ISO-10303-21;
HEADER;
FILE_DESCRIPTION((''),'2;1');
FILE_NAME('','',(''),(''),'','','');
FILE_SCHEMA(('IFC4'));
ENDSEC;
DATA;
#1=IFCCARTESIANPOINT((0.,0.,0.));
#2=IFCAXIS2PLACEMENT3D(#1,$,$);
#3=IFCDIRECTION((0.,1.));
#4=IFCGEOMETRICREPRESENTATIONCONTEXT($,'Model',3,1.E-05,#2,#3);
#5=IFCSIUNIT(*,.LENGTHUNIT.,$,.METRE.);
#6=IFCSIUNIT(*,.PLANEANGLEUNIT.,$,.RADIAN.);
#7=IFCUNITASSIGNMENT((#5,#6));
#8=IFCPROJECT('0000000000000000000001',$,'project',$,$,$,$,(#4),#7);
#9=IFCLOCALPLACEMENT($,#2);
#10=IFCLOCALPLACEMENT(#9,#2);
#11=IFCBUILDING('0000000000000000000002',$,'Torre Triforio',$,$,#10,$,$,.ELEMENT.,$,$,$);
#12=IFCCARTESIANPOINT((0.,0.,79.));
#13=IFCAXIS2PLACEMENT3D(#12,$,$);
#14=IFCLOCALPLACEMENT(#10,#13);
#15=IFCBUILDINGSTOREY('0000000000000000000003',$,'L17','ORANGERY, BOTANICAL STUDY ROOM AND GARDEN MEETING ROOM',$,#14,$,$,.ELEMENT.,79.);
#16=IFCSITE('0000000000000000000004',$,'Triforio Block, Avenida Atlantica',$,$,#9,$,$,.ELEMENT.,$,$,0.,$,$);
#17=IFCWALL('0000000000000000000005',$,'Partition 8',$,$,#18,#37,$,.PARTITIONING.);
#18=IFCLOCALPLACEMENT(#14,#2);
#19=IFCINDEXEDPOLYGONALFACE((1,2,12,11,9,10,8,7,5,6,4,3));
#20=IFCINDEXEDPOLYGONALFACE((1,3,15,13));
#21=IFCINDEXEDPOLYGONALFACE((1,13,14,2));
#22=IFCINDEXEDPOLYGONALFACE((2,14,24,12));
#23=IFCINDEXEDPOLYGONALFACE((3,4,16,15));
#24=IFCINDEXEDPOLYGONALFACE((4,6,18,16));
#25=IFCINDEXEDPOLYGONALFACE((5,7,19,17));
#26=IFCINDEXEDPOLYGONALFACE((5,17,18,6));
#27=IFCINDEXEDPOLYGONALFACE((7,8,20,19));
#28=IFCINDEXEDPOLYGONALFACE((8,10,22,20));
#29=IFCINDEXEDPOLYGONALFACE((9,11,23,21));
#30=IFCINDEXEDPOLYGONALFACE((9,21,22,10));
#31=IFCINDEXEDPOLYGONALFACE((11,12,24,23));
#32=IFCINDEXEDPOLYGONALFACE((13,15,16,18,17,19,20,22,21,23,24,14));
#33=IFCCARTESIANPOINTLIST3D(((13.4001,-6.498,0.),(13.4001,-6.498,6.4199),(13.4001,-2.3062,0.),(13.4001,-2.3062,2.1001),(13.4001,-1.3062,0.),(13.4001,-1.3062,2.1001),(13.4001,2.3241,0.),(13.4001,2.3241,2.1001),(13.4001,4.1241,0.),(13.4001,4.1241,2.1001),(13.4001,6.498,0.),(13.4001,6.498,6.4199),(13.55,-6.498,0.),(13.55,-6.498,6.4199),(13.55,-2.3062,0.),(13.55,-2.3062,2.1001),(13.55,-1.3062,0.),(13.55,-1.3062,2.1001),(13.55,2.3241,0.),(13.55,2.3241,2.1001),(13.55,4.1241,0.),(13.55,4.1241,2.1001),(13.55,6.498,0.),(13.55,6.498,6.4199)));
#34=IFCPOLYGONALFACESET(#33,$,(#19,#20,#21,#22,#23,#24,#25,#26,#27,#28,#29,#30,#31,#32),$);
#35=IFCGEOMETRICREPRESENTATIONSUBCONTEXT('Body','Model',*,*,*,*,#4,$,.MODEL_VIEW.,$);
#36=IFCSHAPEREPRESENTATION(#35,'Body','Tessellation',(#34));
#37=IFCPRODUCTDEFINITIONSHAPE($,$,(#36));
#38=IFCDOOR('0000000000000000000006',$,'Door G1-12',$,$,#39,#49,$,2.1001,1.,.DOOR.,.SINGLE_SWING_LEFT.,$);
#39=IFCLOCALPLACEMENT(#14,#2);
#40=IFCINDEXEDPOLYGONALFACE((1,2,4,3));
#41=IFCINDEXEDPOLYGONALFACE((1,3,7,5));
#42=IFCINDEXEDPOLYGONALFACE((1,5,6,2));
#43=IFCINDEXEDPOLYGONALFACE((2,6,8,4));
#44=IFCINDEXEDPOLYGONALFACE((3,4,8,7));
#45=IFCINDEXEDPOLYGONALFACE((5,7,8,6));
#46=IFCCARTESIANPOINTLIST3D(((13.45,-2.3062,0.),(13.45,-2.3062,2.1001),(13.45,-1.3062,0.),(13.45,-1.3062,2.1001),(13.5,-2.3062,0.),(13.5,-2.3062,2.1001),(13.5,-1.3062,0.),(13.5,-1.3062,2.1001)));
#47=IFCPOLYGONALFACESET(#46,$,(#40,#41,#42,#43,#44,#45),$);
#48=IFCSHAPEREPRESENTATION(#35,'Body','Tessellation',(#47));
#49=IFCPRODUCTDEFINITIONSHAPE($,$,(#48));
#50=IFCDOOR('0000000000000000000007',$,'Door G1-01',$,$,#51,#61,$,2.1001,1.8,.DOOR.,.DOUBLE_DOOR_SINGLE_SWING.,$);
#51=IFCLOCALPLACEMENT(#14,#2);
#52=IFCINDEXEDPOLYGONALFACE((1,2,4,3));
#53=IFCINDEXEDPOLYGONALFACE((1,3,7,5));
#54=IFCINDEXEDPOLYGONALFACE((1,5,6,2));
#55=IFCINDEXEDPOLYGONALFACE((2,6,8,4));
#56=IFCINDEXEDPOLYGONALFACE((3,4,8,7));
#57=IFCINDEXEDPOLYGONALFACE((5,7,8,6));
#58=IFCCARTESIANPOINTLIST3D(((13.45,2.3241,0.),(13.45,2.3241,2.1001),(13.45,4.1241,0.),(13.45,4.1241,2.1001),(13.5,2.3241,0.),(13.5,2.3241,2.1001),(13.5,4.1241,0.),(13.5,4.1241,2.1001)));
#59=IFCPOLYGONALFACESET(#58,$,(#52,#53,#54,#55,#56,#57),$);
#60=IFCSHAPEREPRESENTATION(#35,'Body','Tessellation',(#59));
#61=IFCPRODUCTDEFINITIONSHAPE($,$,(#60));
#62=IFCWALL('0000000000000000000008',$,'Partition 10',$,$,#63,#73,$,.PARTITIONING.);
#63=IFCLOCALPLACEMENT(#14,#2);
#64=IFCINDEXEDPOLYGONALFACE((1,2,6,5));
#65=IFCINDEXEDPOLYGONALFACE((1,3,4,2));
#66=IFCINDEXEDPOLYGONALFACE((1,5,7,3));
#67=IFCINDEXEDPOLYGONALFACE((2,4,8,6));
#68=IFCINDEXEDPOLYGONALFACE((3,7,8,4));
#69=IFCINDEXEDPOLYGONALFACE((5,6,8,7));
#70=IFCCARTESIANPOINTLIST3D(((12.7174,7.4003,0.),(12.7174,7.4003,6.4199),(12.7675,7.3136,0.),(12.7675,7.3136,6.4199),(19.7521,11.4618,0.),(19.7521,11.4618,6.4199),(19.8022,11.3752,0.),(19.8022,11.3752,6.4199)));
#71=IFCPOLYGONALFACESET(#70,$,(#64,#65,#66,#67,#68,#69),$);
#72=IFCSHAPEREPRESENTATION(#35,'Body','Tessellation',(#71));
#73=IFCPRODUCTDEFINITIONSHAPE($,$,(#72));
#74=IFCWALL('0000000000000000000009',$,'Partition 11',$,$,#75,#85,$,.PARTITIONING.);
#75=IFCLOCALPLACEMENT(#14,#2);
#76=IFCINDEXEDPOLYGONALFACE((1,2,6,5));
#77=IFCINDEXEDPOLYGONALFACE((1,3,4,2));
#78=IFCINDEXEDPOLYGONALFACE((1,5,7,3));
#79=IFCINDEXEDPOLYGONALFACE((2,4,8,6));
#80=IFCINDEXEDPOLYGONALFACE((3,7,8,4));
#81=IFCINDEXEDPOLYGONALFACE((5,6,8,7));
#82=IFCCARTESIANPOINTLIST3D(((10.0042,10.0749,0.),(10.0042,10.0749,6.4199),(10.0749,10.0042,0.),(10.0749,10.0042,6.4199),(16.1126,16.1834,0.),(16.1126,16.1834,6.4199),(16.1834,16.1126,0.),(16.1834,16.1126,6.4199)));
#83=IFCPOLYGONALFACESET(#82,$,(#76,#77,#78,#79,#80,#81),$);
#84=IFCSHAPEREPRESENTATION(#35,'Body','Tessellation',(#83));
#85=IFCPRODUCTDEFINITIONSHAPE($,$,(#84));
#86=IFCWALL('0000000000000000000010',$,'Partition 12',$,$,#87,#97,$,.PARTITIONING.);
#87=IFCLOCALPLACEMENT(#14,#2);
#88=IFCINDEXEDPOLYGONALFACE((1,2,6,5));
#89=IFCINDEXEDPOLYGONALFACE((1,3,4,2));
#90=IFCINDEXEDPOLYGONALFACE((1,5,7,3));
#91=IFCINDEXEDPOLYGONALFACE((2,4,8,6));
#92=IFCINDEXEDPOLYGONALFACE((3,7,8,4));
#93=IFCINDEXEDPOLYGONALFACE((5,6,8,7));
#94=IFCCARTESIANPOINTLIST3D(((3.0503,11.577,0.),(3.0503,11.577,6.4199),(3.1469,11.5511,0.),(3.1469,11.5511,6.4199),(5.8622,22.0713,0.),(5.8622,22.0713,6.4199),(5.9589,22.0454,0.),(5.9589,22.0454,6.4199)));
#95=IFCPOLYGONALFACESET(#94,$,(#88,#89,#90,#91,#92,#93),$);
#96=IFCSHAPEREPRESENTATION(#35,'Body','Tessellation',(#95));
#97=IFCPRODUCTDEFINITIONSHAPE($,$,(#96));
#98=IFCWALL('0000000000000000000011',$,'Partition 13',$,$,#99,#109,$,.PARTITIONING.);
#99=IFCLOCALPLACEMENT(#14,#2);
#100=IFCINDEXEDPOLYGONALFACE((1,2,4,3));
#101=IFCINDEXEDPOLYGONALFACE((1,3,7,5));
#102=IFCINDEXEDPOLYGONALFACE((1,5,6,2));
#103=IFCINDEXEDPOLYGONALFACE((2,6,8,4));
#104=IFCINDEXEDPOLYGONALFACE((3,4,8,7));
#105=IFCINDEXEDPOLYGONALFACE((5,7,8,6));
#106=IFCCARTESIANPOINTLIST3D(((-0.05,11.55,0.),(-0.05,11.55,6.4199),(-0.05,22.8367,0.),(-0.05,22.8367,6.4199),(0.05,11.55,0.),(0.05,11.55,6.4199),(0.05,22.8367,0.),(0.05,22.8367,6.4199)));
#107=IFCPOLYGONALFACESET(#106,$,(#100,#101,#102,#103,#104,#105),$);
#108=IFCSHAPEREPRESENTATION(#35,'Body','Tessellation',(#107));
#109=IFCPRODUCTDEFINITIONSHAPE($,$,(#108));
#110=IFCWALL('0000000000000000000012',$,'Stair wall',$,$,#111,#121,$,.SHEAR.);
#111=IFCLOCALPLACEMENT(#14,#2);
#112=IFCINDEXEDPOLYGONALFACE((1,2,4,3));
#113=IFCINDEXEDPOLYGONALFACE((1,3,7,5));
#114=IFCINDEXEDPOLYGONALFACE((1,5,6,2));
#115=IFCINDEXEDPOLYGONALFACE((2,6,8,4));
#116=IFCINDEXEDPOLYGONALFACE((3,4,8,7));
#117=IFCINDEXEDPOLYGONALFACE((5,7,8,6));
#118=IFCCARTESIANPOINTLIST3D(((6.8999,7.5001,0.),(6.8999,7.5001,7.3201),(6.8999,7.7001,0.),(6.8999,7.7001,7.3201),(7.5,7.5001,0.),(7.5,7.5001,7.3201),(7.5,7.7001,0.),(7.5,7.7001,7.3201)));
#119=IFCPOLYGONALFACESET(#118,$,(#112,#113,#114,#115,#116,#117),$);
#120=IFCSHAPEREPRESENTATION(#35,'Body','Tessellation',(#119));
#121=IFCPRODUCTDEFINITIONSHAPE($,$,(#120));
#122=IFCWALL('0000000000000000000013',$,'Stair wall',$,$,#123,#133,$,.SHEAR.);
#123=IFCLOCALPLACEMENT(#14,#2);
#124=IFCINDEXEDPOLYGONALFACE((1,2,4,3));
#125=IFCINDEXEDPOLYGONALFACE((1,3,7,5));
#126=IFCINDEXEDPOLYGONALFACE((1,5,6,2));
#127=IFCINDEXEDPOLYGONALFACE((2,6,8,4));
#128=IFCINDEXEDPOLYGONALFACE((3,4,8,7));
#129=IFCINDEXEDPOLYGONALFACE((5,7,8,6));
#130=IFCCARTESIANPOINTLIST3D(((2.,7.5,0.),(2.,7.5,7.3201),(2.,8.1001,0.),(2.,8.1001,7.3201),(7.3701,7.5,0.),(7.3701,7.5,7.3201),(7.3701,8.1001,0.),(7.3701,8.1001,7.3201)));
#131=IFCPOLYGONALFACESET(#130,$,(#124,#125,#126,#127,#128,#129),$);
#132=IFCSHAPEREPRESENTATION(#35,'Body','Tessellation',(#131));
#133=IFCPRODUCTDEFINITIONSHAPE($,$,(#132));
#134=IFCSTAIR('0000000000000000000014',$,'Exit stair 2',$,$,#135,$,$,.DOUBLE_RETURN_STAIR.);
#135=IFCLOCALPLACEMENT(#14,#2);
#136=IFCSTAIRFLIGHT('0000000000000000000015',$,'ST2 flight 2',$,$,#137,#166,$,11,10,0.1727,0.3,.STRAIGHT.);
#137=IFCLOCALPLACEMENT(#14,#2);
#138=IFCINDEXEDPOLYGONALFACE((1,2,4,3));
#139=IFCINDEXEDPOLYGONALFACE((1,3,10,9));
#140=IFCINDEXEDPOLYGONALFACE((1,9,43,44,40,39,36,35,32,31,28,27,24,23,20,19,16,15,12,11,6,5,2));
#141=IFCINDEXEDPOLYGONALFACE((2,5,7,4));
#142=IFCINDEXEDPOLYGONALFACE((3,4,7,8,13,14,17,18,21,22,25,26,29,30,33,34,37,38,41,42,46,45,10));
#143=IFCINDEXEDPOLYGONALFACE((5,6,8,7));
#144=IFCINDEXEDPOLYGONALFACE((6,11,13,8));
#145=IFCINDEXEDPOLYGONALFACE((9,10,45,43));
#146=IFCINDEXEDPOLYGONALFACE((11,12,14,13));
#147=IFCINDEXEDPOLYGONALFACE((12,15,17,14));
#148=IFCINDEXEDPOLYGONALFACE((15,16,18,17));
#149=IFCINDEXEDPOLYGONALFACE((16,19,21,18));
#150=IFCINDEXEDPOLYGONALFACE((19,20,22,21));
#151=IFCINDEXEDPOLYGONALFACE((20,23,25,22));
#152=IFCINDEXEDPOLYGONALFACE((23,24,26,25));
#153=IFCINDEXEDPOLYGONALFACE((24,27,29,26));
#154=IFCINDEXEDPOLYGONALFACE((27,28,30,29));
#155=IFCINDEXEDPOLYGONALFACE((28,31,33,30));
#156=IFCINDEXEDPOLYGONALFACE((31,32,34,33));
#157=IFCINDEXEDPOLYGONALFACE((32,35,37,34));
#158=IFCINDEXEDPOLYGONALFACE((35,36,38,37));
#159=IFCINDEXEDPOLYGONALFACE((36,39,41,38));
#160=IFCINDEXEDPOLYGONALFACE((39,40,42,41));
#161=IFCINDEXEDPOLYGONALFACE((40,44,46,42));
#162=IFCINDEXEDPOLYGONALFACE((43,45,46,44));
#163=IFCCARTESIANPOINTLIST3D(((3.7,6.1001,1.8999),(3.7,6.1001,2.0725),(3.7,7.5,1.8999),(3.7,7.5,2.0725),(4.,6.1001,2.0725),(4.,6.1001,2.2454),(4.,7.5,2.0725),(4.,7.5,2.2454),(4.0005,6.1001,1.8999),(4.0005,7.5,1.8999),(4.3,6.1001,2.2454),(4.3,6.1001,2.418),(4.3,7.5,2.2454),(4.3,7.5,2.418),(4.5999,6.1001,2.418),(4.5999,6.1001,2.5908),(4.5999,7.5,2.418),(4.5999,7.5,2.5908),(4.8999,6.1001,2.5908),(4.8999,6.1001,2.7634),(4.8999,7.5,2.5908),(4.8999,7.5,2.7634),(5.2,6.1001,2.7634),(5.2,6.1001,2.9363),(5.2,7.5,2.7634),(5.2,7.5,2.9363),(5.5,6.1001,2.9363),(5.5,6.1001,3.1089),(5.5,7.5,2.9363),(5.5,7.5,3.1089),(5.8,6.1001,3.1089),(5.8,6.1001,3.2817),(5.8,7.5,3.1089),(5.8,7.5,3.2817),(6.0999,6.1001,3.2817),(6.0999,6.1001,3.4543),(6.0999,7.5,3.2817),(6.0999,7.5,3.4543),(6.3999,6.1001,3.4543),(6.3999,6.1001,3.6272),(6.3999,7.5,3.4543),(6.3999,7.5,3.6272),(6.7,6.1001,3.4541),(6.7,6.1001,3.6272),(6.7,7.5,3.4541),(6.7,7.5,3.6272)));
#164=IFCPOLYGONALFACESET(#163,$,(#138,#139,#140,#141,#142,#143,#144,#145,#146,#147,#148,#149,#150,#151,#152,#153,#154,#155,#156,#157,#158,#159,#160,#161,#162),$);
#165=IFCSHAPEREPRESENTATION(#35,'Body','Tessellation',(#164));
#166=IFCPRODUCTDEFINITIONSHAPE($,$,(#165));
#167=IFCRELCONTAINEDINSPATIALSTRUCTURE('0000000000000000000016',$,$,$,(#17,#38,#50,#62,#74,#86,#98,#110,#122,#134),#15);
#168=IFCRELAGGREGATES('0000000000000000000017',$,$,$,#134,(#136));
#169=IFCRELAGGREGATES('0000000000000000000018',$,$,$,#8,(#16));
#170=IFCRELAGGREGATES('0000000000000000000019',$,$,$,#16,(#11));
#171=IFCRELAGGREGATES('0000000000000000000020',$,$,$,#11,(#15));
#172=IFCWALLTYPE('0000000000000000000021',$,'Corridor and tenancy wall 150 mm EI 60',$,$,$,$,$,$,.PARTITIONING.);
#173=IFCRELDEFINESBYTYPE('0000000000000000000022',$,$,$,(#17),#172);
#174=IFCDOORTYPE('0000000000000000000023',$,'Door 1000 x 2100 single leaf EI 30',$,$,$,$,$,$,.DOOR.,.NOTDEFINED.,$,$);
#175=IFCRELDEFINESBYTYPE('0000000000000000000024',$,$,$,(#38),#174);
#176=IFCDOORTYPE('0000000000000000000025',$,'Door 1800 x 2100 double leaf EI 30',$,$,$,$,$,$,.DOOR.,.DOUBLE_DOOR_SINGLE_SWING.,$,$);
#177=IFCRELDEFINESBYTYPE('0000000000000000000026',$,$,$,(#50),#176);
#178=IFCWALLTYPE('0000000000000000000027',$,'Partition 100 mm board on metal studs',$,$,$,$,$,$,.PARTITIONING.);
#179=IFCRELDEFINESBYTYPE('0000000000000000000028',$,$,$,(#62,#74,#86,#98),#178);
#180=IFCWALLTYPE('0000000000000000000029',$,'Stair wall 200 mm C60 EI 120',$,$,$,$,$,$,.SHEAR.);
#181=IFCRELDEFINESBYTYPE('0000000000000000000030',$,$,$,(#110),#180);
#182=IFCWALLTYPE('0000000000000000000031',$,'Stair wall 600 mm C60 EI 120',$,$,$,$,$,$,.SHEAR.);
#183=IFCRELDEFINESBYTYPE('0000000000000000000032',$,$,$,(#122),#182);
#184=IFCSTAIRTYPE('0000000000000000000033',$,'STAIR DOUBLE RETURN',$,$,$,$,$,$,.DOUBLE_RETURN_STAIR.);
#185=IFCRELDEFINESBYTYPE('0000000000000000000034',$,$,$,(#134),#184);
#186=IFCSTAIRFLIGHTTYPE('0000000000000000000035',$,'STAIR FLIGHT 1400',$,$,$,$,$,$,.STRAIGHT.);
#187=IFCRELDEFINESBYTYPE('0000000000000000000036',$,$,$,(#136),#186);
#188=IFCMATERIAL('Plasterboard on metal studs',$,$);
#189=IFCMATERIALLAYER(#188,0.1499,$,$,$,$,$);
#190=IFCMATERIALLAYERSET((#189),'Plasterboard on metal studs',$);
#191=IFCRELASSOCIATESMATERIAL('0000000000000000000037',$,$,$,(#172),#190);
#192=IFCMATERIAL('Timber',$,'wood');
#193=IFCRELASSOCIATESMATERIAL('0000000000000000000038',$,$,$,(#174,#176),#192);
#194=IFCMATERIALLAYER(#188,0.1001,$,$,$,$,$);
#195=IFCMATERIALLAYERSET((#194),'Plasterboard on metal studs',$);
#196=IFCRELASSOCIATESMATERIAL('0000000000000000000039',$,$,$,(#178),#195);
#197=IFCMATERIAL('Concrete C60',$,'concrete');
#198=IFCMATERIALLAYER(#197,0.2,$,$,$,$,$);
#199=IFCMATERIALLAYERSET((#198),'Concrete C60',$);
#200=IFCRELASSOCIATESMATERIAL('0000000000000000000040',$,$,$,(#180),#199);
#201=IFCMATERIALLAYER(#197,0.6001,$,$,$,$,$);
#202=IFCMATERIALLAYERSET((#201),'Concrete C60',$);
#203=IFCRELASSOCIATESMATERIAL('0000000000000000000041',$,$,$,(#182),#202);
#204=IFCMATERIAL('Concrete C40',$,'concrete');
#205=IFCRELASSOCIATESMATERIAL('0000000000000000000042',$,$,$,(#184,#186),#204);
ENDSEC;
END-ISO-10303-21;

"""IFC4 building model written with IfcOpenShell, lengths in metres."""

from ifc_helpers import new_model, si_unit, direction, frame, frame_2d, origin, place, context, subcontext, project, spatial, polyline, rectangle, outline, extrude, material, layer, layer_set, type_object, element, fill, aggregate, save


model = new_model("IFC4")

# Units and contexts
model_context = context("Model", 3, precision=1e-05, world=origin(), true_north=direction((0.0, 1.0)))
body_context = subcontext(model_context, "Body", "Model", "MODEL_VIEW")
ifc_project = project(units=[si_unit("LENGTHUNIT", "METRE"), si_unit("PLANEANGLEUNIT", "RADIAN")], contexts=[model_context])

# Site, building, storey
site_placement = place(None, origin())
site = spatial("IfcSite", under=ifc_project, at=site_placement, Name="Triforio Block, Avenida Atlantica", CompositionType="ELEMENT", RefElevation=0.0)
building_placement = place(site_placement, origin())
building = spatial("IfcBuilding", under=site, at=building_placement, Name="Torre Triforio", CompositionType="ELEMENT")
storey_placement = place(building_placement, frame((0.0, 0.0, 79.0)))
storey = spatial("IfcBuildingStorey", under=building, at=storey_placement, Name="L17", Description="ORANGERY, BOTANICAL STUDY ROOM AND GARDEN MEETING ROOM", CompositionType="ELEMENT", Elevation=79.0)

# Shared definitions
ifc_material_1 = material(Name="Concrete C60", Category="concrete")
ifc_material_2 = material(Name="Plasterboard on metal studs")
ifc_layer_1 = layer(ifc_material_2, 0.1499)
ifc_layer_set_1 = layer_set([ifc_layer_1], Name="Plasterboard on metal studs")
wall_type_1 = type_object("IfcWallType", Name="Corridor and tenancy wall 150 mm EI 60", PredefinedType="PARTITIONING", material=ifc_layer_set_1)
ifc_material_3 = material(Name="Timber", Category="wood")

# Wall, openings, doors
wall_1_placement = place(storey_placement, frame((13.4751, 6.498, 0.0), z_axis=(0.0, 0.0, 1.0), x_axis=(0.0, -1.0, 0.0)))
wall_1 = element("IfcWall", 1, at=wall_1_placement, inside=storey, type_object=wall_type_1, Name="Partition 8", PredefinedType="PARTITIONING", context=body_context, shape_type="SweptSolid", body=[
    extrude(rectangle(XDim=12.9961, YDim=0.1499, at=frame_2d((6.498, 0.0))), origin(), (0.0, 0.0, 1.0), 6.4199),
])
opening_1_placement = place(wall_1_placement, frame((2.374, 0.0, 0.0)))
opening_1 = element("IfcOpeningElement", 2, at=opening_1_placement, cuts=wall_1, PredefinedType="OPENING", context=body_context, shape_type="SweptSolid", body=[
    extrude(rectangle(XDim=1.8, YDim=2.1001, at=frame_2d((0.8999, 1.05))), frame((0.0, 0.085, 0.0), z_axis=(0.0, -1.0, 0.0), x_axis=(1.0, 0.0, 0.0)), (0.0, 0.0, 1.0), 0.1699),
])
opening_2_placement = place(wall_1_placement, frame((7.8042, 0.0, 0.0)))
opening_2 = element("IfcOpeningElement", 3, at=opening_2_placement, cuts=wall_1, PredefinedType="OPENING", context=body_context, shape_type="SweptSolid", body=[
    extrude(rectangle(XDim=1.0, YDim=2.1001, at=frame_2d((0.5, 1.05))), frame((0.0, 0.085, 0.0), z_axis=(0.0, -1.0, 0.0), x_axis=(1.0, 0.0, 0.0)), (0.0, 0.0, 1.0), 0.1699),
])
door_type_1 = type_object("IfcDoorType", Name="Door 1000 x 2100 single leaf EI 30", OperationType="NOTDEFINED", PredefinedType="DOOR", material=ifc_material_3)
door_1_placement = place(opening_2_placement, origin())
door_1 = element("IfcDoor", 4, at=door_1_placement, inside=storey, type_object=door_type_1, Name="Door G1-12", OperationType="SINGLE_SWING_LEFT", OverallHeight=2.1001, OverallWidth=1.0, PredefinedType="DOOR", context=body_context, shape_type="SweptSolid", body=[
    extrude(rectangle(XDim=1.0, YDim=2.1001, at=frame_2d((0.5, 1.05))), frame((0.0, 0.0249, 0.0), z_axis=(0.0, -1.0, 0.0), x_axis=(1.0, 0.0, 0.0)), (0.0, 0.0, 1.0), 0.05),
])
fill(opening_2, door_1)
door_type_2 = type_object("IfcDoorType", Name="Door 1800 x 2100 double leaf EI 30", OperationType="DOUBLE_DOOR_SINGLE_SWING", PredefinedType="DOOR", material=ifc_material_3)
door_2_placement = place(opening_1_placement, origin())
door_2 = element("IfcDoor", 5, at=door_2_placement, inside=storey, type_object=door_type_2, Name="Door G1-01", OperationType="DOUBLE_DOOR_SINGLE_SWING", OverallHeight=2.1001, OverallWidth=1.8, PredefinedType="DOOR", context=body_context, shape_type="SweptSolid", body=[
    extrude(rectangle(XDim=1.8, YDim=2.1001, at=frame_2d((0.8999, 1.05))), frame((0.0, 0.0249, 0.0), z_axis=(0.0, -1.0, 0.0), x_axis=(1.0, 0.0, 0.0)), (0.0, 0.0, 1.0), 0.05),
])
fill(opening_1, door_2)

# Walls
ifc_layer_2 = layer(ifc_material_2, 0.1001)
ifc_layer_set_2 = layer_set([ifc_layer_2], Name="Plasterboard on metal studs")
wall_type_2 = type_object("IfcWallType", Name="Partition 100 mm board on metal studs", PredefinedType="PARTITIONING", material=ifc_layer_set_2)
wall_2_placement = place(storey_placement, frame((12.7424, 7.3569, 0.0), z_axis=(0.0, 0.0, 1.0), x_axis=(0.866022, 0.500005, 0.0)))
element("IfcWall", 6, at=wall_2_placement, inside=storey, type_object=wall_type_2, Name="Partition 10", PredefinedType="PARTITIONING", context=body_context, shape_type="SweptSolid", body=[
    extrude(rectangle(XDim=8.123, YDim=0.1001, at=frame_2d((4.0615, 0.0))), origin(), (0.0, 0.0, 1.0), 6.4199),
])
wall_3_placement = place(storey_placement, frame((10.0396, 10.0396, 0.0), z_axis=(0.0, 0.0, 1.0), x_axis=(0.707107, 0.707107, 0.0)))
element("IfcWall", 7, at=wall_3_placement, inside=storey, type_object=wall_type_2, Name="Partition 11", PredefinedType="PARTITIONING", context=body_context, shape_type="SweptSolid", body=[
    extrude(rectangle(XDim=8.6387, YDim=0.1001, at=frame_2d((4.3193, 0.0))), origin(), (0.0, 0.0, 1.0), 6.4199),
])
wall_4_placement = place(storey_placement, frame((3.0986, 11.5642, 0.0), z_axis=(0.0, 0.0, 1.0), x_axis=(0.258823, 0.965925, 0.0)))
element("IfcWall", 8, at=wall_4_placement, inside=storey, type_object=wall_type_2, Name="Partition 12", PredefinedType="PARTITIONING", context=body_context, shape_type="SweptSolid", body=[
    extrude(rectangle(XDim=10.8645, YDim=0.1001, at=frame_2d((5.4321, 0.0))), origin(), (0.0, 0.0, 1.0), 6.4199),
])
wall_5_placement = place(storey_placement, frame((0.0, 11.55, 0.0), z_axis=(0.0, 0.0, 1.0), x_axis=(0.0, 1.0, 0.0)))
element("IfcWall", 9, at=wall_5_placement, inside=storey, type_object=wall_type_2, Name="Partition 13", PredefinedType="PARTITIONING", context=body_context, shape_type="SweptSolid", body=[
    extrude(rectangle(XDim=11.2866, YDim=0.1001, at=frame_2d((5.6433, 0.0))), origin(), (0.0, 0.0, 1.0), 6.4199),
])
ifc_layer_3 = layer(ifc_material_1, 0.2)
ifc_layer_set_3 = layer_set([ifc_layer_3], Name="Concrete C60")
wall_type_3 = type_object("IfcWallType", Name="Stair wall 200 mm C60 EI 120", PredefinedType="SHEAR", material=ifc_layer_set_3)
wall_6_placement = place(storey_placement, frame((6.8999, 7.6001, 0.0), z_axis=(0.0, 0.0, 1.0), x_axis=(1.0, 0.0, 0.0)))
element("IfcWall", 10, at=wall_6_placement, inside=storey, type_object=wall_type_3, Name="Stair wall", PredefinedType="SHEAR", context=body_context, shape_type="SweptSolid", body=[
    extrude(rectangle(XDim=0.6001, YDim=0.2, at=frame_2d((0.3, 0.0))), origin(), (0.0, 0.0, 1.0), 7.3201),
])
ifc_layer_4 = layer(ifc_material_1, 0.6001)
ifc_layer_set_4 = layer_set([ifc_layer_4], Name="Concrete C60")
wall_type_4 = type_object("IfcWallType", Name="Stair wall 600 mm C60 EI 120", PredefinedType="SHEAR", material=ifc_layer_set_4)
wall_7_placement = place(storey_placement, frame((2.0, 7.8, 0.0), z_axis=(0.0, 0.0, 1.0), x_axis=(1.0, 0.0, 0.0)))
element("IfcWall", 11, at=wall_7_placement, inside=storey, type_object=wall_type_4, Name="Stair wall", PredefinedType="SHEAR", context=body_context, shape_type="SweptSolid", body=[
    extrude(rectangle(XDim=5.3701, YDim=0.6001, at=frame_2d((2.6851, 0.0))), origin(), (0.0, 0.0, 1.0), 7.3201),
])

# Stair, stair flight
ifc_material_4 = material(Name="Concrete C40", Category="concrete")
stair_type = type_object("IfcStairType", Name="STAIR DOUBLE RETURN", PredefinedType="DOUBLE_RETURN_STAIR", material=ifc_material_4)
stair_placement = place(storey_placement, origin())
stair = element("IfcStair", 12, at=stair_placement, inside=storey, type_object=stair_type, Name="Exit stair 2", PredefinedType="DOUBLE_RETURN_STAIR")
stair_flight_type = type_object("IfcStairFlightType", Name="STAIR FLIGHT 1400", PredefinedType="STRAIGHT", material=ifc_material_4)
stair_flight_1_placement = place(storey_placement, frame((3.7, 6.8, 1.8999), z_axis=(0.0, 0.0, 1.0), x_axis=(1.0, 0.0, 0.0)))
stair_flight_1 = element("IfcStairFlight", 13, at=stair_flight_1_placement, type_object=stair_flight_type, Name="ST2 flight 2", NumberOfRisers=11, NumberOfTreads=10, PredefinedType="STRAIGHT", RiserHeight=0.1727, TreadLength=0.3, context=body_context, shape_type="SweptSolid", body=[
    extrude(outline(polyline([(0.0, 0.0), (0.0, 0.1726), (0.3, 0.1726), (0.3, 0.3455), (0.6001, 0.3455), (0.6001, 0.5181), (0.8999, 0.5181), (0.8999, 0.6909), (1.2, 0.6909), (1.2, 0.8635), (1.5, 0.8635), (1.5, 1.0364), (1.8, 1.0364), (1.8, 1.209), (2.1001, 1.209), (2.1001, 1.3818), (2.3999, 1.3818), (2.3999, 1.5544), (2.7, 1.5544), (2.7, 1.7273), (3.0, 1.7273), (3.0, 1.8999), (3.0, 1.5542), (0.3005, 0.0), (0.0, 0.0)])), frame((0.0, 0.7, 0.0), z_axis=(0.0, -1.0, 0.0), x_axis=(1.0, 0.0, 0.0)), (0.0, 0.0, 1.0), 1.3999),
])
aggregate(stair, [stair_flight_1])

save(model, "model.ifc")
